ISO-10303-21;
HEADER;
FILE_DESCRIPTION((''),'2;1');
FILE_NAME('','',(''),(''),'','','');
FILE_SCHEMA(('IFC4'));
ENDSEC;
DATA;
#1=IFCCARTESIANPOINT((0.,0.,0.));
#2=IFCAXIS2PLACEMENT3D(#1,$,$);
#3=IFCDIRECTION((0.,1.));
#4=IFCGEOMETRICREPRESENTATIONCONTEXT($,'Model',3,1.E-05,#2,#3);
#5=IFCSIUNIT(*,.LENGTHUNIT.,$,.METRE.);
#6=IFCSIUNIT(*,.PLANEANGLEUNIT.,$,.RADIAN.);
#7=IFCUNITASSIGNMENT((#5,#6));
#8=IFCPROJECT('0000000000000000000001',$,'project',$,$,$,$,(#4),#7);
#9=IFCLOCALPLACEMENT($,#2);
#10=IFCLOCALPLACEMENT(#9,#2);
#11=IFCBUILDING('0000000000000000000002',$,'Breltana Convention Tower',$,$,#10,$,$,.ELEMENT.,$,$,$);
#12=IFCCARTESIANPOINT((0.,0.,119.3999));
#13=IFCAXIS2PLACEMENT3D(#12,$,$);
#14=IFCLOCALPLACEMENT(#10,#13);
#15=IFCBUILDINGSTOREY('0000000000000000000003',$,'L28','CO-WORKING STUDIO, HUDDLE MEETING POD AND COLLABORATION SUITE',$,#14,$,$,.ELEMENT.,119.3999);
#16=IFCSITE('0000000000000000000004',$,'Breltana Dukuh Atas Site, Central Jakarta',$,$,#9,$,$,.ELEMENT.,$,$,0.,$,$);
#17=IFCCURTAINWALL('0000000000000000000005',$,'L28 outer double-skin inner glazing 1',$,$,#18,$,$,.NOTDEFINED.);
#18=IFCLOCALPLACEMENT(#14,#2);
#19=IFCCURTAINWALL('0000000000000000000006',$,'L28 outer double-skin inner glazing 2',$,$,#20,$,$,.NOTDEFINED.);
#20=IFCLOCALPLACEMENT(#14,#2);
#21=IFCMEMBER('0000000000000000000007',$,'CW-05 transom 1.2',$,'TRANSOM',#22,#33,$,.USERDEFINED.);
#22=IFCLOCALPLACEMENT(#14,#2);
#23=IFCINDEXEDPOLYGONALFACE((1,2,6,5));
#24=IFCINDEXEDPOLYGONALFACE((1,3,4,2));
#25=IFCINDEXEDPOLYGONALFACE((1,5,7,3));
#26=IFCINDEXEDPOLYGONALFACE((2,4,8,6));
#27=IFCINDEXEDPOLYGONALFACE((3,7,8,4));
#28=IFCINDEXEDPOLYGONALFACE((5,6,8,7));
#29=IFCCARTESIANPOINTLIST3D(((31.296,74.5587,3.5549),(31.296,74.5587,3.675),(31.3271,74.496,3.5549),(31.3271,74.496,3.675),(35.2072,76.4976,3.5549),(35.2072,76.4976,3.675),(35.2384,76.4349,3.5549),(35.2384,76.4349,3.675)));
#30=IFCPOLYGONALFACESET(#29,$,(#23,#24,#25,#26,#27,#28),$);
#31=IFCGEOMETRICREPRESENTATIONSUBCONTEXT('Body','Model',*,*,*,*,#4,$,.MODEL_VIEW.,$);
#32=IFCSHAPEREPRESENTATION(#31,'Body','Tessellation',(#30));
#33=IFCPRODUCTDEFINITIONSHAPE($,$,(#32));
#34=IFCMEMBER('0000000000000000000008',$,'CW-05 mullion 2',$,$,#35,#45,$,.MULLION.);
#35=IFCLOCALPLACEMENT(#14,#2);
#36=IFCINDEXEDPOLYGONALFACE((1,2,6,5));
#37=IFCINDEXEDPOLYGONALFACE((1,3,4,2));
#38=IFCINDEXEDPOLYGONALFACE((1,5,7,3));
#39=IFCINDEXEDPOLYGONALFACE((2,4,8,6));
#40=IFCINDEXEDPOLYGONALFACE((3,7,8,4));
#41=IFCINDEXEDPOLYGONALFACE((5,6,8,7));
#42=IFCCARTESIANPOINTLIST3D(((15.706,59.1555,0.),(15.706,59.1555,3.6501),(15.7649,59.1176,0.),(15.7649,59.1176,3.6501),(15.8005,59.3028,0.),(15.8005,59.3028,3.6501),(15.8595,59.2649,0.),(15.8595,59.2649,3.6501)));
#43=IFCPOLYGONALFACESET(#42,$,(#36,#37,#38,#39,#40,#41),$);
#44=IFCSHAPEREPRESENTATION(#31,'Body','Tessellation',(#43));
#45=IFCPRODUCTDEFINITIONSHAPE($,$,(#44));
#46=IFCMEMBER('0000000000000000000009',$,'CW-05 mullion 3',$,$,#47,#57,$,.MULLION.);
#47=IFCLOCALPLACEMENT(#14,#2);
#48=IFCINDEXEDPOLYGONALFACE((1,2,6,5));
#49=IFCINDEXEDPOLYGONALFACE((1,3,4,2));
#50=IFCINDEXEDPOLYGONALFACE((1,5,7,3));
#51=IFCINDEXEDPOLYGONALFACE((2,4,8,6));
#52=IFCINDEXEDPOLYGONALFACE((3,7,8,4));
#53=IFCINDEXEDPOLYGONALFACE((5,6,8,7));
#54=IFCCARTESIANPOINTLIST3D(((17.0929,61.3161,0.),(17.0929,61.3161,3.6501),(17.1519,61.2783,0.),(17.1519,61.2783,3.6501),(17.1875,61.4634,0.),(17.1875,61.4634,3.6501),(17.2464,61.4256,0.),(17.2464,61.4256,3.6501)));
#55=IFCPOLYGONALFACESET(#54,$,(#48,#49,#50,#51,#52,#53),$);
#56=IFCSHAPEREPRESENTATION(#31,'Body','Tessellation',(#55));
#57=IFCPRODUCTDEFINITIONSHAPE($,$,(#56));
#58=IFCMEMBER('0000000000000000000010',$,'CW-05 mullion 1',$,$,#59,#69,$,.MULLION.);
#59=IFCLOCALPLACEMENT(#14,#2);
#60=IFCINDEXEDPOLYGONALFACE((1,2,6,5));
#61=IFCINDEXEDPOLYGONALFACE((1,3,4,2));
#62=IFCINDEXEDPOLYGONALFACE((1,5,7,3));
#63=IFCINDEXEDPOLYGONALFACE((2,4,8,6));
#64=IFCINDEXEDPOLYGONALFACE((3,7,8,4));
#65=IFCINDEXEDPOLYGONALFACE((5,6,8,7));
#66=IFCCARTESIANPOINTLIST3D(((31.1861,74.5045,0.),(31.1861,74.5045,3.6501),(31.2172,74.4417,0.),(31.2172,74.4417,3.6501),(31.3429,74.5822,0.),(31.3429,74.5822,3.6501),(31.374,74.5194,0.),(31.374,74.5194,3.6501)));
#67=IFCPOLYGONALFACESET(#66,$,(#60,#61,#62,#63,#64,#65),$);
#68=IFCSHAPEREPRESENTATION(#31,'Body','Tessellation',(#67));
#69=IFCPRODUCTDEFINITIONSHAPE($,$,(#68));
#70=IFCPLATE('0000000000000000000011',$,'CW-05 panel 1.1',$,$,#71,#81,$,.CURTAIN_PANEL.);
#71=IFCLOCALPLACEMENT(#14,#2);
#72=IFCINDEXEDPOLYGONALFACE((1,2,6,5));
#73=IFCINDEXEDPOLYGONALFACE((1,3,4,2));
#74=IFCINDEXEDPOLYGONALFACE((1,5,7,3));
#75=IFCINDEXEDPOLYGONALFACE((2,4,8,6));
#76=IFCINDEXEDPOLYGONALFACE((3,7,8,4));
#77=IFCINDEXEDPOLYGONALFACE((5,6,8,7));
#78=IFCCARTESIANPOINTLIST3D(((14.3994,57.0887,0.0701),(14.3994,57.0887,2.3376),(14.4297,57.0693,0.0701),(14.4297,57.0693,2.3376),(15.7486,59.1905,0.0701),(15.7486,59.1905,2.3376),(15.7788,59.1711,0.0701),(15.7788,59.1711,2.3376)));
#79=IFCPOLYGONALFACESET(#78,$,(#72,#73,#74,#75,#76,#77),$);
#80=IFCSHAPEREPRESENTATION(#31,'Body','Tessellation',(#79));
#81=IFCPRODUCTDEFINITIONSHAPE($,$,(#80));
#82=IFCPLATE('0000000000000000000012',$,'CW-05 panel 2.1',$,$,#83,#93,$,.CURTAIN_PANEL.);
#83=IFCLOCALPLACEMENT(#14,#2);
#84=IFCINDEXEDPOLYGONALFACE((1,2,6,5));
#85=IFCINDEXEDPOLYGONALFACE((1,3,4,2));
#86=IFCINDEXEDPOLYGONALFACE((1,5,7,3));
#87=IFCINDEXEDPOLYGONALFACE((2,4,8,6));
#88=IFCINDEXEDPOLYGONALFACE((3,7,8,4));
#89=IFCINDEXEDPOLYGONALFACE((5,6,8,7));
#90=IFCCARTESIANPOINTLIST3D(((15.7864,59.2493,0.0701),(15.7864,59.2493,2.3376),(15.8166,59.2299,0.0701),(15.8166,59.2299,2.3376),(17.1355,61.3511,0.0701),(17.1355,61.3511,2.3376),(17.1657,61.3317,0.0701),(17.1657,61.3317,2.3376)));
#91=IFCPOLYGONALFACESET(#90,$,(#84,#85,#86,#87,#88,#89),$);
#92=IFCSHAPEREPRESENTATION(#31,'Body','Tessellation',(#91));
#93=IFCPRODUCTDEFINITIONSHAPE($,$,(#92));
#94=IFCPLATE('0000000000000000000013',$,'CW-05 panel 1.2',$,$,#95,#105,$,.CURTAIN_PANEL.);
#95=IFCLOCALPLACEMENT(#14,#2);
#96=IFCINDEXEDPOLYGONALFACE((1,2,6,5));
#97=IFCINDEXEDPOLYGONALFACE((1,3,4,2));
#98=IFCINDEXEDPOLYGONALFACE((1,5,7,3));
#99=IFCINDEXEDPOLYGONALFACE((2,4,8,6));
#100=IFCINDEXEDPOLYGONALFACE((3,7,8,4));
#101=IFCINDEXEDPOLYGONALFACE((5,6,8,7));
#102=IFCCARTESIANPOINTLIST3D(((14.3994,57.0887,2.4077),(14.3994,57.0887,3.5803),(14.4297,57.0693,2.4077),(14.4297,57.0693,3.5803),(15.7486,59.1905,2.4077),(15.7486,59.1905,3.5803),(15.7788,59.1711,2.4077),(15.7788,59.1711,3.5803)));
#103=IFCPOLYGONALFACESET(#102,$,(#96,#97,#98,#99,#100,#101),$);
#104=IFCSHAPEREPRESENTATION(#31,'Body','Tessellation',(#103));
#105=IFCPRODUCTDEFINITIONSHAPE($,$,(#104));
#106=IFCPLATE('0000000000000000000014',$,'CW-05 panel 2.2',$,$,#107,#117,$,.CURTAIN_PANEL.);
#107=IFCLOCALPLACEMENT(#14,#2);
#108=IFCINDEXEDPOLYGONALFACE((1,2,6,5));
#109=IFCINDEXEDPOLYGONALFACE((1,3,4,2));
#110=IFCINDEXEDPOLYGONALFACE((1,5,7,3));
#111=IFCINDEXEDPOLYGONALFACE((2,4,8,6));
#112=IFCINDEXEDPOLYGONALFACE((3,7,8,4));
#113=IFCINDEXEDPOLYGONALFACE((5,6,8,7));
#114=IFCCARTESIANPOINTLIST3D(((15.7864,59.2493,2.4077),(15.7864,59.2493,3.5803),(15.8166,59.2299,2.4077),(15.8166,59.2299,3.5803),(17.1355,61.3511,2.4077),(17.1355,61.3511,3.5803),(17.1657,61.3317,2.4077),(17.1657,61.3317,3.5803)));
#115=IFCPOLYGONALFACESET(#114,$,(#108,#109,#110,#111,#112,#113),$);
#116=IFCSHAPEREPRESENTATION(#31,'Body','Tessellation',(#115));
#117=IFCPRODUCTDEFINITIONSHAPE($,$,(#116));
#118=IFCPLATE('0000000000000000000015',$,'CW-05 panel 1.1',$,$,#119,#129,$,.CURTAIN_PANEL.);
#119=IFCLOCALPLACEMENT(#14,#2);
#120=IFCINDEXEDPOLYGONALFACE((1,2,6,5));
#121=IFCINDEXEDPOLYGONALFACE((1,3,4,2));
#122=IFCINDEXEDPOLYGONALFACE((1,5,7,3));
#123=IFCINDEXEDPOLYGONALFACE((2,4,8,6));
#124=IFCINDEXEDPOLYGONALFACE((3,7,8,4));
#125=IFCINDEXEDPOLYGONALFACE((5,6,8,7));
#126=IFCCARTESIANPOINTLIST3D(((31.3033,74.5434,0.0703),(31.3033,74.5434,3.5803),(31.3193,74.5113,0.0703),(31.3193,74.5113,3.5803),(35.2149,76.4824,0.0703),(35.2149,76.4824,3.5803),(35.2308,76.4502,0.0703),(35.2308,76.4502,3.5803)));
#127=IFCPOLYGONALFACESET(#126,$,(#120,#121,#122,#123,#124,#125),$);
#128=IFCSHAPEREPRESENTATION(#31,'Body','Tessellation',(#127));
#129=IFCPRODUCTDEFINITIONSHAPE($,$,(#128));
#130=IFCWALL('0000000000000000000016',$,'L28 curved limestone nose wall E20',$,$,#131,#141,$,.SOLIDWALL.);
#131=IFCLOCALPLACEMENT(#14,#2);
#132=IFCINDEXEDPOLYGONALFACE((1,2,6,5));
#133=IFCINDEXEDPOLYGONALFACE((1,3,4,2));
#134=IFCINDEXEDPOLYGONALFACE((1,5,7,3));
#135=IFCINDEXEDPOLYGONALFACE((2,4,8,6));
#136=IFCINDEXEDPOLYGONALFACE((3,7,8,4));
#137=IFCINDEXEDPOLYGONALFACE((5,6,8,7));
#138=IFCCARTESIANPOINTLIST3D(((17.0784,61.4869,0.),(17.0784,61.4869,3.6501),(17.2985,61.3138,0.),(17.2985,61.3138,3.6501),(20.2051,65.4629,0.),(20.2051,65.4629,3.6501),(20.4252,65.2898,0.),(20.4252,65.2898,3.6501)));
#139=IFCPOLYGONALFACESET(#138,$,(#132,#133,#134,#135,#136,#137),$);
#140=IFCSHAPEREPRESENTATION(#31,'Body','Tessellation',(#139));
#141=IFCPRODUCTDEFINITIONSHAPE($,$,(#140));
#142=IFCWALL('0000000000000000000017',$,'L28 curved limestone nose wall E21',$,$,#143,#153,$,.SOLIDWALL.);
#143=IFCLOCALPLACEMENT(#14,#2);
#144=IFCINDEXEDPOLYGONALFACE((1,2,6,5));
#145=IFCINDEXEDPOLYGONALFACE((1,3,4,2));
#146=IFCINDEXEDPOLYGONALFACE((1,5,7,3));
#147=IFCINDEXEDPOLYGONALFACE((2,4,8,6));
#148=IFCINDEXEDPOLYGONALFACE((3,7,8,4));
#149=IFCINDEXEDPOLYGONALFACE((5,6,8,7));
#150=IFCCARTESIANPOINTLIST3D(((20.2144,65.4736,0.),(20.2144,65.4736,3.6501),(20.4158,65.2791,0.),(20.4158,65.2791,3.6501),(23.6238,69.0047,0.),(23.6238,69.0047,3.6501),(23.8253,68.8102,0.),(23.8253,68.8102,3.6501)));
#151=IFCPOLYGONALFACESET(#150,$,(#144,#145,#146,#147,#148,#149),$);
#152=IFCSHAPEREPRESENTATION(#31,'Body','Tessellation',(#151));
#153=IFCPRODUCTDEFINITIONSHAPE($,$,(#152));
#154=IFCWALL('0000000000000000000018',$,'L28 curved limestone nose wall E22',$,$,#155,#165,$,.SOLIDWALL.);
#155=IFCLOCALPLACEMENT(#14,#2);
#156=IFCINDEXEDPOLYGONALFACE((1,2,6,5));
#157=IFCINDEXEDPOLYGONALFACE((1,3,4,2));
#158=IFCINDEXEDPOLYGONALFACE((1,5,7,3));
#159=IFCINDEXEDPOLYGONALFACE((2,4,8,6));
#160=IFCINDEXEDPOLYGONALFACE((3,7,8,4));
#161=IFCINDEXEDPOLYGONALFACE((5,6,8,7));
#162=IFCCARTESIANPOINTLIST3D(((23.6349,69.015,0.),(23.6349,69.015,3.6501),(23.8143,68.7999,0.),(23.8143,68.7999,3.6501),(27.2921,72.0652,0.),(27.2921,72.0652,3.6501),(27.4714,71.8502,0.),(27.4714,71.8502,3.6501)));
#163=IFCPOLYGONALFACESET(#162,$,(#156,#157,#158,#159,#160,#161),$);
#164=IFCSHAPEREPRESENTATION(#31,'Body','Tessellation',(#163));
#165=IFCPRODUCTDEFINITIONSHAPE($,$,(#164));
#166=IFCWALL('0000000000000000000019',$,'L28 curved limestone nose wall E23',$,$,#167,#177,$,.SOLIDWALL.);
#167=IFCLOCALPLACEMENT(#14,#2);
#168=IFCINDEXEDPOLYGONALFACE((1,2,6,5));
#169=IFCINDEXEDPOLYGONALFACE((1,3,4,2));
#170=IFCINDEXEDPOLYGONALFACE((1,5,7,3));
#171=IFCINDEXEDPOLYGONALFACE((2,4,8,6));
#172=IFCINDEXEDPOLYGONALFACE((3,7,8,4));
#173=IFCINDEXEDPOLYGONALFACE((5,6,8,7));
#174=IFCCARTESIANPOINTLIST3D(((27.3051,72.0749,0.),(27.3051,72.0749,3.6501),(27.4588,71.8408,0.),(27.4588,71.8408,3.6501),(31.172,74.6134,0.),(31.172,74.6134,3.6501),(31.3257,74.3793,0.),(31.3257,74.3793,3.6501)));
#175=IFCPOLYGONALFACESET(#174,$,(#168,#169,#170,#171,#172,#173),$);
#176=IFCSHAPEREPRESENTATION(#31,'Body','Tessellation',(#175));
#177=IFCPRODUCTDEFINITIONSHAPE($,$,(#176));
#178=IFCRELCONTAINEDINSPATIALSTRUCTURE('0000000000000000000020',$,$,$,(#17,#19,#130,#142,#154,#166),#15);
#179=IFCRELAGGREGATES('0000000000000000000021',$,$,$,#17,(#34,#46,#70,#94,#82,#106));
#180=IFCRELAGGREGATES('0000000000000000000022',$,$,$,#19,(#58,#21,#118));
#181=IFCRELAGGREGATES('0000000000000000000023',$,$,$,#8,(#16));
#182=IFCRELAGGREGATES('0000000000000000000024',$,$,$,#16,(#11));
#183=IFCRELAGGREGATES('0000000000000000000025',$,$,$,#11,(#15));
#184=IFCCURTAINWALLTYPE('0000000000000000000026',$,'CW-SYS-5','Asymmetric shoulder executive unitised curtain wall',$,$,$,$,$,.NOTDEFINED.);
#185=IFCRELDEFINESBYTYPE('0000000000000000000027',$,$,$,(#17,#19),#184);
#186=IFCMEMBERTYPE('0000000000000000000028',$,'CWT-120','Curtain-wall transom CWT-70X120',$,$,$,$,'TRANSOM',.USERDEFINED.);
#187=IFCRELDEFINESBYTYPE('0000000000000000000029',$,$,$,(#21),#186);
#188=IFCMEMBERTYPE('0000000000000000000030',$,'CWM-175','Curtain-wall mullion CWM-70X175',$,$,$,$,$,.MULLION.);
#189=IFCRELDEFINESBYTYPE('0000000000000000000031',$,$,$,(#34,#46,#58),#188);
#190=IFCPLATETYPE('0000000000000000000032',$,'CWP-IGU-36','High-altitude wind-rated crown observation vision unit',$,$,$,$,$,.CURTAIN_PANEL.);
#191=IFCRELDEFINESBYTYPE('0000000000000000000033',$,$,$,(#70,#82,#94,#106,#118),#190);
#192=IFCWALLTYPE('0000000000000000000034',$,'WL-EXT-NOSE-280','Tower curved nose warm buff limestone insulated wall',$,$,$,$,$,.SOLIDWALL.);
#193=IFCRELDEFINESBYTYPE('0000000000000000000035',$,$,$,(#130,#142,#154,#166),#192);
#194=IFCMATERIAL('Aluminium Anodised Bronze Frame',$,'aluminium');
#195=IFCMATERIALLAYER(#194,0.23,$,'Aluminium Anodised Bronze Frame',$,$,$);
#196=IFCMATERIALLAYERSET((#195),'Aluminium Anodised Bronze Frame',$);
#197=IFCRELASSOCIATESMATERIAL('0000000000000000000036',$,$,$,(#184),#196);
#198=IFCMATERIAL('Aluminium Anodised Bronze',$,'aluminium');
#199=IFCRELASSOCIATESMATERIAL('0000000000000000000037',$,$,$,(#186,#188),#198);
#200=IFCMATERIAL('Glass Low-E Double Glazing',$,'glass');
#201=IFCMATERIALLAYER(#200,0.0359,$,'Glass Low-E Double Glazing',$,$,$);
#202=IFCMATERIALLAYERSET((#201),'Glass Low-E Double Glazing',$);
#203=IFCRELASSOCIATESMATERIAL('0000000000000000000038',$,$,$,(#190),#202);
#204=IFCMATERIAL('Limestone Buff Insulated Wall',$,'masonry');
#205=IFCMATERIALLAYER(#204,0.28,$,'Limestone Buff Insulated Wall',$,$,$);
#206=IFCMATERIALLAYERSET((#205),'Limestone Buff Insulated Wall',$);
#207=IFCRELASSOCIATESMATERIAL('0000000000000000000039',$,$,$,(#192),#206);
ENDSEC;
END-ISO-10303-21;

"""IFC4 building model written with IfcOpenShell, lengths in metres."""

from ifc_helpers import new_model, si_unit, direction, frame, frame_2d, origin, origin_2d, place, context, subcontext, project, spatial, rectangle, extrude, source, transform, mapped, material, layer, layer_set, material_profile, profile_set, type_object, element, aggregate, save


model = new_model("IFC4")

# Units and contexts
model_context = context("Model", 3, precision=1e-05, world=origin(), true_north=direction((0.0, 1.0)))
body_context = subcontext(model_context, "Body", "Model", "MODEL_VIEW")
ifc_project = project(units=[si_unit("LENGTHUNIT", "METRE"), si_unit("PLANEANGLEUNIT", "RADIAN")], contexts=[model_context])

# Site, building, storey
site_placement = place(None, origin())
site = spatial("IfcSite", under=ifc_project, at=site_placement, Name="Breltana Dukuh Atas Site, Central Jakarta", CompositionType="ELEMENT", RefElevation=0.0)
building_placement = place(site_placement, origin())
building = spatial("IfcBuilding", under=site, at=building_placement, Name="Breltana Convention Tower", CompositionType="ELEMENT")
storey_placement = place(building_placement, frame((0.0, 0.0, 119.3999)))
storey = spatial("IfcBuildingStorey", under=building, at=storey_placement, Name="L28", Description="CO-WORKING STUDIO, HUDDLE MEETING POD AND COLLABORATION SUITE", CompositionType="ELEMENT", Elevation=119.3999)

# Curtain walls, member
ifc_material_1 = material(Name="Aluminium Anodised Bronze Frame", Category="aluminium")
ifc_layer_1 = layer(ifc_material_1, 0.23, Name="Aluminium Anodised Bronze Frame")
ifc_layer_set_1 = layer_set([ifc_layer_1], Name="Aluminium Anodised Bronze Frame")
curtain_wall_type = type_object("IfcCurtainWallType", Name="CW-SYS-5", Description="Asymmetric shoulder executive unitised curtain wall", PredefinedType="NOTDEFINED", material=ifc_layer_set_1)
curtain_wall_1_placement = place(storey_placement, origin())
curtain_wall_1 = element("IfcCurtainWall", 1, at=curtain_wall_1_placement, inside=storey, type_object=curtain_wall_type, Name="L28 outer double-skin inner glazing 1", PredefinedType="NOTDEFINED")
ifc_material_2 = material(Name="Aluminium Anodised Bronze", Category="aluminium")
ifc_material_profile_1 = material_profile(ifc_material_2, rectangle(XDim=0.0701, YDim=0.1201, at=origin_2d()), Name="CWT-70X120")
ifc_profile_set_1 = profile_set([ifc_material_profile_1], Name="Aluminium Anodised Bronze")
member_type_1 = type_object("IfcMemberType", Name="CWT-120", Description="Curtain-wall transom CWT-70X120", ElementType="TRANSOM", PredefinedType="USERDEFINED", material=ifc_profile_set_1)
curtain_wall_2_placement = place(storey_placement, origin())
curtain_wall_2 = element("IfcCurtainWall", 2, at=curtain_wall_2_placement, inside=storey, type_object=curtain_wall_type, Name="L28 outer double-skin inner glazing 2", PredefinedType="NOTDEFINED")
shared_shape_1 = source(origin(), body_context, "Body", "SweptSolid", [
    extrude(rectangle(XDim=0.0701, YDim=0.1201, at=origin_2d()), origin(), (0.0, 0.0, 1.0), 4.3655),
])
member_1_placement = place(storey_placement, frame((31.3115, 74.5273, 3.615), z_axis=(0.895954, 0.444146, 0.0), x_axis=(-0.444146, 0.895954, 0.0)))
member_1 = element("IfcMember", 3, at=member_1_placement, type_object=member_type_1, Name="CW-05 transom 1.2", ObjectType="TRANSOM", PredefinedType="USERDEFINED", context=body_context, shape_type="MappedRepresentation", body=[
    mapped(shared_shape_1, transform((0.0, 0.0, 0.0), scale=1.0)),
])

# Members
ifc_material_profile_2 = material_profile(ifc_material_2, rectangle(XDim=0.0701, YDim=0.175, at=origin_2d()), Name="CWM-70X175")
ifc_profile_set_2 = profile_set([ifc_material_profile_2], Name="Aluminium Anodised Bronze")
member_type_2 = type_object("IfcMemberType", Name="CWM-175", Description="Curtain-wall mullion CWM-70X175", PredefinedType="MULLION", material=ifc_profile_set_2)
shared_shape_2 = source(origin(), body_context, "Body", "SweptSolid", [
    extrude(rectangle(XDim=0.0701, YDim=0.175, at=origin_2d()), origin(), (0.0, 0.0, 1.0), 3.6501),
])
member_2_placement = place(storey_placement, frame((15.7827, 59.2102, 0.0), z_axis=(0.0, 0.0, 1.0), x_axis=(-0.841552, 0.540177, 0.0)))
member_2 = element("IfcMember", 4, at=member_2_placement, type_object=member_type_2, Name="CW-05 mullion 2", PredefinedType="MULLION", context=body_context, shape_type="MappedRepresentation", body=[
    mapped(shared_shape_2, transform((0.0, 0.0, 0.0), scale=1.0)),
])
member_3_placement = place(storey_placement, frame((17.1697, 61.3708, 0.0), z_axis=(0.0, 0.0, 1.0), x_axis=(-0.841552, 0.540177, 0.0)))
member_3 = element("IfcMember", 5, at=member_3_placement, type_object=member_type_2, Name="CW-05 mullion 3", PredefinedType="MULLION", context=body_context, shape_type="MappedRepresentation", body=[
    mapped(shared_shape_2, transform((0.0, 0.0, 0.0), scale=1.0)),
])
member_4_placement = place(storey_placement, frame((31.28, 74.512, 0.0), z_axis=(0.0, 0.0, 1.0), x_axis=(-0.444122, 0.895967, 0.0)))
member_4 = element("IfcMember", 6, at=member_4_placement, type_object=member_type_2, Name="CW-05 mullion 1", PredefinedType="MULLION", context=body_context, shape_type="MappedRepresentation", body=[
    mapped(shared_shape_2, transform((0.0, 0.0, 0.0), scale=1.0)),
])

# Plates
ifc_material_3 = material(Name="Glass Low-E Double Glazing", Category="glass")
ifc_layer_2 = layer(ifc_material_3, 0.0359, Name="Glass Low-E Double Glazing")
ifc_layer_set_2 = layer_set([ifc_layer_2], Name="Glass Low-E Double Glazing")
plate_type = type_object("IfcPlateType", Name="CWP-IGU-36", Description="High-altitude wind-rated crown observation vision unit", PredefinedType="CURTAIN_PANEL", material=ifc_layer_set_2)
shared_shape_3 = source(origin(), body_context, "Body", "SweptSolid", [
    extrude(rectangle(XDim=2.4976, YDim=0.0359, at=origin_2d()), origin(), (0.0, 0.0, 1.0), 2.2676),
])
plate_1_placement = place(storey_placement, frame((15.0891, 58.1299, 0.0701), z_axis=(0.0, 0.0, 1.0), x_axis=(0.540177, 0.841552, 0.0)))
plate_1 = element("IfcPlate", 7, at=plate_1_placement, type_object=plate_type, Name="CW-05 panel 1.1", PredefinedType="CURTAIN_PANEL", context=body_context, shape_type="MappedRepresentation", body=[
    mapped(shared_shape_3, transform((0.0, 0.0, 0.0), scale=1.0)),
])
plate_2_placement = place(storey_placement, frame((16.4761, 60.2905, 0.0701), z_axis=(0.0, 0.0, 1.0), x_axis=(0.540177, 0.841552, 0.0)))
plate_2 = element("IfcPlate", 8, at=plate_2_placement, type_object=plate_type, Name="CW-05 panel 2.1", PredefinedType="CURTAIN_PANEL", context=body_context, shape_type="MappedRepresentation", body=[
    mapped(shared_shape_3, transform((0.0, 0.0, 0.0), scale=1.0)),
])
shared_shape_4 = source(origin(), body_context, "Body", "SweptSolid", [
    extrude(rectangle(XDim=2.4976, YDim=0.0359, at=origin_2d()), origin(), (0.0, 0.0, 1.0), 1.1726),
])
plate_3_placement = place(storey_placement, frame((15.0891, 58.1299, 2.4077), z_axis=(0.0, 0.0, 1.0), x_axis=(0.540177, 0.841552, 0.0)))
plate_3 = element("IfcPlate", 9, at=plate_3_placement, type_object=plate_type, Name="CW-05 panel 1.2", PredefinedType="CURTAIN_PANEL", context=body_context, shape_type="MappedRepresentation", body=[
    mapped(shared_shape_4, transform((0.0, 0.0, 0.0), scale=1.0)),
])
plate_4_placement = place(storey_placement, frame((16.4761, 60.2905, 2.4077), z_axis=(0.0, 0.0, 1.0), x_axis=(0.540177, 0.841552, 0.0)))
plate_4 = element("IfcPlate", 10, at=plate_4_placement, type_object=plate_type, Name="CW-05 panel 2.2", PredefinedType="CURTAIN_PANEL", context=body_context, shape_type="MappedRepresentation", body=[
    mapped(shared_shape_4, transform((0.0, 0.0, 0.0), scale=1.0)),
])
aggregate(curtain_wall_1, [member_2, member_3, plate_1, plate_3, plate_2, plate_4])
shared_shape_5 = source(origin(), body_context, "Body", "SweptSolid", [
    extrude(rectangle(XDim=4.3657, YDim=0.0359, at=origin_2d()), origin(), (0.0, 0.0, 1.0), 3.51),
])
plate_5_placement = place(storey_placement, frame((33.2671, 75.4968, 0.0703), z_axis=(0.0, 0.0, 1.0), x_axis=(0.895967, 0.444122, 0.0)))
plate_5 = element("IfcPlate", 11, at=plate_5_placement, type_object=plate_type, Name="CW-05 panel 1.1", PredefinedType="CURTAIN_PANEL", context=body_context, shape_type="MappedRepresentation", body=[
    mapped(shared_shape_5, transform((0.0, 0.0, 0.0), scale=1.0)),
])
aggregate(curtain_wall_2, [member_4, member_1, plate_5])

# Walls
ifc_material_4 = material(Name="Limestone Buff Insulated Wall", Category="masonry")
ifc_layer_3 = layer(ifc_material_4, 0.28, Name="Limestone Buff Insulated Wall")
ifc_layer_set_3 = layer_set([ifc_layer_3], Name="Limestone Buff Insulated Wall")
wall_type_1 = type_object("IfcWallType", Name="WL-EXT-NOSE-280", Description="Tower curved nose warm buff limestone insulated wall", PredefinedType="SOLIDWALL", material=ifc_layer_set_3)
shared_shape_6 = source(origin(), body_context, "Body", "SweptSolid", [
    extrude(rectangle(XDim=5.0581, YDim=0.28, at=frame_2d((2.5291, 0.0))), origin(), (0.0, 0.0, 1.0), 3.6501),
])
wall_1_placement = place(storey_placement, frame((17.1885, 61.4004, 0.0), z_axis=(0.0, 0.0, 1.0), x_axis=(0.618146, 0.786064, 0.0)))
element("IfcWall", 12, at=wall_1_placement, inside=storey, type_object=wall_type_1, Name="L28 curved limestone nose wall E20", PredefinedType="SOLIDWALL", context=body_context, shape_type="MappedRepresentation", body=[
    mapped(shared_shape_6, transform((0.0, 0.0, 0.0), scale=1.0)),
])
shared_shape_7 = source(origin(), body_context, "Body", "SweptSolid", [
    extrude(rectangle(XDim=4.9084, YDim=0.28, at=frame_2d((2.4541, 0.0))), origin(), (0.0, 0.0, 1.0), 3.6501),
])
wall_2_placement = place(storey_placement, frame((20.3152, 65.3765, 0.0), z_axis=(0.0, 0.0, 1.0), x_axis=(0.694613, 0.719383, 0.0)))
element("IfcWall", 13, at=wall_2_placement, inside=storey, type_object=wall_type_1, Name="L28 curved limestone nose wall E21", PredefinedType="SOLIDWALL", context=body_context, shape_type="MappedRepresentation", body=[
    mapped(shared_shape_7, transform((0.0, 0.0, 0.0), scale=1.0)),
])
shared_shape_8 = source(origin(), body_context, "Body", "SweptSolid", [
    extrude(rectangle(XDim=4.7622, YDim=0.28, at=frame_2d((2.3811, 0.0))), origin(), (0.0, 0.0, 1.0), 3.6501),
])
wall_3_placement = place(storey_placement, frame((23.7246, 68.9075, 0.0), z_axis=(0.0, 0.0, 1.0), x_axis=(0.767952, 0.640507, 0.0)))
element("IfcWall", 14, at=wall_3_placement, inside=storey, type_object=wall_type_1, Name="L28 curved limestone nose wall E22", PredefinedType="SOLIDWALL", context=body_context, shape_type="MappedRepresentation", body=[
    mapped(shared_shape_8, transform((0.0, 0.0, 0.0), scale=1.0)),
])
shared_shape_9 = source(origin(), body_context, "Body", "SweptSolid", [
    extrude(rectangle(XDim=4.6257, YDim=0.28, at=frame_2d((2.313, 0.0))), origin(), (0.0, 0.0, 1.0), 3.6501),
])
wall_4_placement = place(storey_placement, frame((27.3818, 71.9578, 0.0), z_axis=(0.0, 0.0, 1.0), x_axis=(0.835959, 0.548791, 0.0)))
element("IfcWall", 15, at=wall_4_placement, inside=storey, type_object=wall_type_1, Name="L28 curved limestone nose wall E23", PredefinedType="SOLIDWALL", context=body_context, shape_type="MappedRepresentation", body=[
    mapped(shared_shape_9, transform((0.0, 0.0, 0.0), scale=1.0)),
])

save(model, "model.ifc")
